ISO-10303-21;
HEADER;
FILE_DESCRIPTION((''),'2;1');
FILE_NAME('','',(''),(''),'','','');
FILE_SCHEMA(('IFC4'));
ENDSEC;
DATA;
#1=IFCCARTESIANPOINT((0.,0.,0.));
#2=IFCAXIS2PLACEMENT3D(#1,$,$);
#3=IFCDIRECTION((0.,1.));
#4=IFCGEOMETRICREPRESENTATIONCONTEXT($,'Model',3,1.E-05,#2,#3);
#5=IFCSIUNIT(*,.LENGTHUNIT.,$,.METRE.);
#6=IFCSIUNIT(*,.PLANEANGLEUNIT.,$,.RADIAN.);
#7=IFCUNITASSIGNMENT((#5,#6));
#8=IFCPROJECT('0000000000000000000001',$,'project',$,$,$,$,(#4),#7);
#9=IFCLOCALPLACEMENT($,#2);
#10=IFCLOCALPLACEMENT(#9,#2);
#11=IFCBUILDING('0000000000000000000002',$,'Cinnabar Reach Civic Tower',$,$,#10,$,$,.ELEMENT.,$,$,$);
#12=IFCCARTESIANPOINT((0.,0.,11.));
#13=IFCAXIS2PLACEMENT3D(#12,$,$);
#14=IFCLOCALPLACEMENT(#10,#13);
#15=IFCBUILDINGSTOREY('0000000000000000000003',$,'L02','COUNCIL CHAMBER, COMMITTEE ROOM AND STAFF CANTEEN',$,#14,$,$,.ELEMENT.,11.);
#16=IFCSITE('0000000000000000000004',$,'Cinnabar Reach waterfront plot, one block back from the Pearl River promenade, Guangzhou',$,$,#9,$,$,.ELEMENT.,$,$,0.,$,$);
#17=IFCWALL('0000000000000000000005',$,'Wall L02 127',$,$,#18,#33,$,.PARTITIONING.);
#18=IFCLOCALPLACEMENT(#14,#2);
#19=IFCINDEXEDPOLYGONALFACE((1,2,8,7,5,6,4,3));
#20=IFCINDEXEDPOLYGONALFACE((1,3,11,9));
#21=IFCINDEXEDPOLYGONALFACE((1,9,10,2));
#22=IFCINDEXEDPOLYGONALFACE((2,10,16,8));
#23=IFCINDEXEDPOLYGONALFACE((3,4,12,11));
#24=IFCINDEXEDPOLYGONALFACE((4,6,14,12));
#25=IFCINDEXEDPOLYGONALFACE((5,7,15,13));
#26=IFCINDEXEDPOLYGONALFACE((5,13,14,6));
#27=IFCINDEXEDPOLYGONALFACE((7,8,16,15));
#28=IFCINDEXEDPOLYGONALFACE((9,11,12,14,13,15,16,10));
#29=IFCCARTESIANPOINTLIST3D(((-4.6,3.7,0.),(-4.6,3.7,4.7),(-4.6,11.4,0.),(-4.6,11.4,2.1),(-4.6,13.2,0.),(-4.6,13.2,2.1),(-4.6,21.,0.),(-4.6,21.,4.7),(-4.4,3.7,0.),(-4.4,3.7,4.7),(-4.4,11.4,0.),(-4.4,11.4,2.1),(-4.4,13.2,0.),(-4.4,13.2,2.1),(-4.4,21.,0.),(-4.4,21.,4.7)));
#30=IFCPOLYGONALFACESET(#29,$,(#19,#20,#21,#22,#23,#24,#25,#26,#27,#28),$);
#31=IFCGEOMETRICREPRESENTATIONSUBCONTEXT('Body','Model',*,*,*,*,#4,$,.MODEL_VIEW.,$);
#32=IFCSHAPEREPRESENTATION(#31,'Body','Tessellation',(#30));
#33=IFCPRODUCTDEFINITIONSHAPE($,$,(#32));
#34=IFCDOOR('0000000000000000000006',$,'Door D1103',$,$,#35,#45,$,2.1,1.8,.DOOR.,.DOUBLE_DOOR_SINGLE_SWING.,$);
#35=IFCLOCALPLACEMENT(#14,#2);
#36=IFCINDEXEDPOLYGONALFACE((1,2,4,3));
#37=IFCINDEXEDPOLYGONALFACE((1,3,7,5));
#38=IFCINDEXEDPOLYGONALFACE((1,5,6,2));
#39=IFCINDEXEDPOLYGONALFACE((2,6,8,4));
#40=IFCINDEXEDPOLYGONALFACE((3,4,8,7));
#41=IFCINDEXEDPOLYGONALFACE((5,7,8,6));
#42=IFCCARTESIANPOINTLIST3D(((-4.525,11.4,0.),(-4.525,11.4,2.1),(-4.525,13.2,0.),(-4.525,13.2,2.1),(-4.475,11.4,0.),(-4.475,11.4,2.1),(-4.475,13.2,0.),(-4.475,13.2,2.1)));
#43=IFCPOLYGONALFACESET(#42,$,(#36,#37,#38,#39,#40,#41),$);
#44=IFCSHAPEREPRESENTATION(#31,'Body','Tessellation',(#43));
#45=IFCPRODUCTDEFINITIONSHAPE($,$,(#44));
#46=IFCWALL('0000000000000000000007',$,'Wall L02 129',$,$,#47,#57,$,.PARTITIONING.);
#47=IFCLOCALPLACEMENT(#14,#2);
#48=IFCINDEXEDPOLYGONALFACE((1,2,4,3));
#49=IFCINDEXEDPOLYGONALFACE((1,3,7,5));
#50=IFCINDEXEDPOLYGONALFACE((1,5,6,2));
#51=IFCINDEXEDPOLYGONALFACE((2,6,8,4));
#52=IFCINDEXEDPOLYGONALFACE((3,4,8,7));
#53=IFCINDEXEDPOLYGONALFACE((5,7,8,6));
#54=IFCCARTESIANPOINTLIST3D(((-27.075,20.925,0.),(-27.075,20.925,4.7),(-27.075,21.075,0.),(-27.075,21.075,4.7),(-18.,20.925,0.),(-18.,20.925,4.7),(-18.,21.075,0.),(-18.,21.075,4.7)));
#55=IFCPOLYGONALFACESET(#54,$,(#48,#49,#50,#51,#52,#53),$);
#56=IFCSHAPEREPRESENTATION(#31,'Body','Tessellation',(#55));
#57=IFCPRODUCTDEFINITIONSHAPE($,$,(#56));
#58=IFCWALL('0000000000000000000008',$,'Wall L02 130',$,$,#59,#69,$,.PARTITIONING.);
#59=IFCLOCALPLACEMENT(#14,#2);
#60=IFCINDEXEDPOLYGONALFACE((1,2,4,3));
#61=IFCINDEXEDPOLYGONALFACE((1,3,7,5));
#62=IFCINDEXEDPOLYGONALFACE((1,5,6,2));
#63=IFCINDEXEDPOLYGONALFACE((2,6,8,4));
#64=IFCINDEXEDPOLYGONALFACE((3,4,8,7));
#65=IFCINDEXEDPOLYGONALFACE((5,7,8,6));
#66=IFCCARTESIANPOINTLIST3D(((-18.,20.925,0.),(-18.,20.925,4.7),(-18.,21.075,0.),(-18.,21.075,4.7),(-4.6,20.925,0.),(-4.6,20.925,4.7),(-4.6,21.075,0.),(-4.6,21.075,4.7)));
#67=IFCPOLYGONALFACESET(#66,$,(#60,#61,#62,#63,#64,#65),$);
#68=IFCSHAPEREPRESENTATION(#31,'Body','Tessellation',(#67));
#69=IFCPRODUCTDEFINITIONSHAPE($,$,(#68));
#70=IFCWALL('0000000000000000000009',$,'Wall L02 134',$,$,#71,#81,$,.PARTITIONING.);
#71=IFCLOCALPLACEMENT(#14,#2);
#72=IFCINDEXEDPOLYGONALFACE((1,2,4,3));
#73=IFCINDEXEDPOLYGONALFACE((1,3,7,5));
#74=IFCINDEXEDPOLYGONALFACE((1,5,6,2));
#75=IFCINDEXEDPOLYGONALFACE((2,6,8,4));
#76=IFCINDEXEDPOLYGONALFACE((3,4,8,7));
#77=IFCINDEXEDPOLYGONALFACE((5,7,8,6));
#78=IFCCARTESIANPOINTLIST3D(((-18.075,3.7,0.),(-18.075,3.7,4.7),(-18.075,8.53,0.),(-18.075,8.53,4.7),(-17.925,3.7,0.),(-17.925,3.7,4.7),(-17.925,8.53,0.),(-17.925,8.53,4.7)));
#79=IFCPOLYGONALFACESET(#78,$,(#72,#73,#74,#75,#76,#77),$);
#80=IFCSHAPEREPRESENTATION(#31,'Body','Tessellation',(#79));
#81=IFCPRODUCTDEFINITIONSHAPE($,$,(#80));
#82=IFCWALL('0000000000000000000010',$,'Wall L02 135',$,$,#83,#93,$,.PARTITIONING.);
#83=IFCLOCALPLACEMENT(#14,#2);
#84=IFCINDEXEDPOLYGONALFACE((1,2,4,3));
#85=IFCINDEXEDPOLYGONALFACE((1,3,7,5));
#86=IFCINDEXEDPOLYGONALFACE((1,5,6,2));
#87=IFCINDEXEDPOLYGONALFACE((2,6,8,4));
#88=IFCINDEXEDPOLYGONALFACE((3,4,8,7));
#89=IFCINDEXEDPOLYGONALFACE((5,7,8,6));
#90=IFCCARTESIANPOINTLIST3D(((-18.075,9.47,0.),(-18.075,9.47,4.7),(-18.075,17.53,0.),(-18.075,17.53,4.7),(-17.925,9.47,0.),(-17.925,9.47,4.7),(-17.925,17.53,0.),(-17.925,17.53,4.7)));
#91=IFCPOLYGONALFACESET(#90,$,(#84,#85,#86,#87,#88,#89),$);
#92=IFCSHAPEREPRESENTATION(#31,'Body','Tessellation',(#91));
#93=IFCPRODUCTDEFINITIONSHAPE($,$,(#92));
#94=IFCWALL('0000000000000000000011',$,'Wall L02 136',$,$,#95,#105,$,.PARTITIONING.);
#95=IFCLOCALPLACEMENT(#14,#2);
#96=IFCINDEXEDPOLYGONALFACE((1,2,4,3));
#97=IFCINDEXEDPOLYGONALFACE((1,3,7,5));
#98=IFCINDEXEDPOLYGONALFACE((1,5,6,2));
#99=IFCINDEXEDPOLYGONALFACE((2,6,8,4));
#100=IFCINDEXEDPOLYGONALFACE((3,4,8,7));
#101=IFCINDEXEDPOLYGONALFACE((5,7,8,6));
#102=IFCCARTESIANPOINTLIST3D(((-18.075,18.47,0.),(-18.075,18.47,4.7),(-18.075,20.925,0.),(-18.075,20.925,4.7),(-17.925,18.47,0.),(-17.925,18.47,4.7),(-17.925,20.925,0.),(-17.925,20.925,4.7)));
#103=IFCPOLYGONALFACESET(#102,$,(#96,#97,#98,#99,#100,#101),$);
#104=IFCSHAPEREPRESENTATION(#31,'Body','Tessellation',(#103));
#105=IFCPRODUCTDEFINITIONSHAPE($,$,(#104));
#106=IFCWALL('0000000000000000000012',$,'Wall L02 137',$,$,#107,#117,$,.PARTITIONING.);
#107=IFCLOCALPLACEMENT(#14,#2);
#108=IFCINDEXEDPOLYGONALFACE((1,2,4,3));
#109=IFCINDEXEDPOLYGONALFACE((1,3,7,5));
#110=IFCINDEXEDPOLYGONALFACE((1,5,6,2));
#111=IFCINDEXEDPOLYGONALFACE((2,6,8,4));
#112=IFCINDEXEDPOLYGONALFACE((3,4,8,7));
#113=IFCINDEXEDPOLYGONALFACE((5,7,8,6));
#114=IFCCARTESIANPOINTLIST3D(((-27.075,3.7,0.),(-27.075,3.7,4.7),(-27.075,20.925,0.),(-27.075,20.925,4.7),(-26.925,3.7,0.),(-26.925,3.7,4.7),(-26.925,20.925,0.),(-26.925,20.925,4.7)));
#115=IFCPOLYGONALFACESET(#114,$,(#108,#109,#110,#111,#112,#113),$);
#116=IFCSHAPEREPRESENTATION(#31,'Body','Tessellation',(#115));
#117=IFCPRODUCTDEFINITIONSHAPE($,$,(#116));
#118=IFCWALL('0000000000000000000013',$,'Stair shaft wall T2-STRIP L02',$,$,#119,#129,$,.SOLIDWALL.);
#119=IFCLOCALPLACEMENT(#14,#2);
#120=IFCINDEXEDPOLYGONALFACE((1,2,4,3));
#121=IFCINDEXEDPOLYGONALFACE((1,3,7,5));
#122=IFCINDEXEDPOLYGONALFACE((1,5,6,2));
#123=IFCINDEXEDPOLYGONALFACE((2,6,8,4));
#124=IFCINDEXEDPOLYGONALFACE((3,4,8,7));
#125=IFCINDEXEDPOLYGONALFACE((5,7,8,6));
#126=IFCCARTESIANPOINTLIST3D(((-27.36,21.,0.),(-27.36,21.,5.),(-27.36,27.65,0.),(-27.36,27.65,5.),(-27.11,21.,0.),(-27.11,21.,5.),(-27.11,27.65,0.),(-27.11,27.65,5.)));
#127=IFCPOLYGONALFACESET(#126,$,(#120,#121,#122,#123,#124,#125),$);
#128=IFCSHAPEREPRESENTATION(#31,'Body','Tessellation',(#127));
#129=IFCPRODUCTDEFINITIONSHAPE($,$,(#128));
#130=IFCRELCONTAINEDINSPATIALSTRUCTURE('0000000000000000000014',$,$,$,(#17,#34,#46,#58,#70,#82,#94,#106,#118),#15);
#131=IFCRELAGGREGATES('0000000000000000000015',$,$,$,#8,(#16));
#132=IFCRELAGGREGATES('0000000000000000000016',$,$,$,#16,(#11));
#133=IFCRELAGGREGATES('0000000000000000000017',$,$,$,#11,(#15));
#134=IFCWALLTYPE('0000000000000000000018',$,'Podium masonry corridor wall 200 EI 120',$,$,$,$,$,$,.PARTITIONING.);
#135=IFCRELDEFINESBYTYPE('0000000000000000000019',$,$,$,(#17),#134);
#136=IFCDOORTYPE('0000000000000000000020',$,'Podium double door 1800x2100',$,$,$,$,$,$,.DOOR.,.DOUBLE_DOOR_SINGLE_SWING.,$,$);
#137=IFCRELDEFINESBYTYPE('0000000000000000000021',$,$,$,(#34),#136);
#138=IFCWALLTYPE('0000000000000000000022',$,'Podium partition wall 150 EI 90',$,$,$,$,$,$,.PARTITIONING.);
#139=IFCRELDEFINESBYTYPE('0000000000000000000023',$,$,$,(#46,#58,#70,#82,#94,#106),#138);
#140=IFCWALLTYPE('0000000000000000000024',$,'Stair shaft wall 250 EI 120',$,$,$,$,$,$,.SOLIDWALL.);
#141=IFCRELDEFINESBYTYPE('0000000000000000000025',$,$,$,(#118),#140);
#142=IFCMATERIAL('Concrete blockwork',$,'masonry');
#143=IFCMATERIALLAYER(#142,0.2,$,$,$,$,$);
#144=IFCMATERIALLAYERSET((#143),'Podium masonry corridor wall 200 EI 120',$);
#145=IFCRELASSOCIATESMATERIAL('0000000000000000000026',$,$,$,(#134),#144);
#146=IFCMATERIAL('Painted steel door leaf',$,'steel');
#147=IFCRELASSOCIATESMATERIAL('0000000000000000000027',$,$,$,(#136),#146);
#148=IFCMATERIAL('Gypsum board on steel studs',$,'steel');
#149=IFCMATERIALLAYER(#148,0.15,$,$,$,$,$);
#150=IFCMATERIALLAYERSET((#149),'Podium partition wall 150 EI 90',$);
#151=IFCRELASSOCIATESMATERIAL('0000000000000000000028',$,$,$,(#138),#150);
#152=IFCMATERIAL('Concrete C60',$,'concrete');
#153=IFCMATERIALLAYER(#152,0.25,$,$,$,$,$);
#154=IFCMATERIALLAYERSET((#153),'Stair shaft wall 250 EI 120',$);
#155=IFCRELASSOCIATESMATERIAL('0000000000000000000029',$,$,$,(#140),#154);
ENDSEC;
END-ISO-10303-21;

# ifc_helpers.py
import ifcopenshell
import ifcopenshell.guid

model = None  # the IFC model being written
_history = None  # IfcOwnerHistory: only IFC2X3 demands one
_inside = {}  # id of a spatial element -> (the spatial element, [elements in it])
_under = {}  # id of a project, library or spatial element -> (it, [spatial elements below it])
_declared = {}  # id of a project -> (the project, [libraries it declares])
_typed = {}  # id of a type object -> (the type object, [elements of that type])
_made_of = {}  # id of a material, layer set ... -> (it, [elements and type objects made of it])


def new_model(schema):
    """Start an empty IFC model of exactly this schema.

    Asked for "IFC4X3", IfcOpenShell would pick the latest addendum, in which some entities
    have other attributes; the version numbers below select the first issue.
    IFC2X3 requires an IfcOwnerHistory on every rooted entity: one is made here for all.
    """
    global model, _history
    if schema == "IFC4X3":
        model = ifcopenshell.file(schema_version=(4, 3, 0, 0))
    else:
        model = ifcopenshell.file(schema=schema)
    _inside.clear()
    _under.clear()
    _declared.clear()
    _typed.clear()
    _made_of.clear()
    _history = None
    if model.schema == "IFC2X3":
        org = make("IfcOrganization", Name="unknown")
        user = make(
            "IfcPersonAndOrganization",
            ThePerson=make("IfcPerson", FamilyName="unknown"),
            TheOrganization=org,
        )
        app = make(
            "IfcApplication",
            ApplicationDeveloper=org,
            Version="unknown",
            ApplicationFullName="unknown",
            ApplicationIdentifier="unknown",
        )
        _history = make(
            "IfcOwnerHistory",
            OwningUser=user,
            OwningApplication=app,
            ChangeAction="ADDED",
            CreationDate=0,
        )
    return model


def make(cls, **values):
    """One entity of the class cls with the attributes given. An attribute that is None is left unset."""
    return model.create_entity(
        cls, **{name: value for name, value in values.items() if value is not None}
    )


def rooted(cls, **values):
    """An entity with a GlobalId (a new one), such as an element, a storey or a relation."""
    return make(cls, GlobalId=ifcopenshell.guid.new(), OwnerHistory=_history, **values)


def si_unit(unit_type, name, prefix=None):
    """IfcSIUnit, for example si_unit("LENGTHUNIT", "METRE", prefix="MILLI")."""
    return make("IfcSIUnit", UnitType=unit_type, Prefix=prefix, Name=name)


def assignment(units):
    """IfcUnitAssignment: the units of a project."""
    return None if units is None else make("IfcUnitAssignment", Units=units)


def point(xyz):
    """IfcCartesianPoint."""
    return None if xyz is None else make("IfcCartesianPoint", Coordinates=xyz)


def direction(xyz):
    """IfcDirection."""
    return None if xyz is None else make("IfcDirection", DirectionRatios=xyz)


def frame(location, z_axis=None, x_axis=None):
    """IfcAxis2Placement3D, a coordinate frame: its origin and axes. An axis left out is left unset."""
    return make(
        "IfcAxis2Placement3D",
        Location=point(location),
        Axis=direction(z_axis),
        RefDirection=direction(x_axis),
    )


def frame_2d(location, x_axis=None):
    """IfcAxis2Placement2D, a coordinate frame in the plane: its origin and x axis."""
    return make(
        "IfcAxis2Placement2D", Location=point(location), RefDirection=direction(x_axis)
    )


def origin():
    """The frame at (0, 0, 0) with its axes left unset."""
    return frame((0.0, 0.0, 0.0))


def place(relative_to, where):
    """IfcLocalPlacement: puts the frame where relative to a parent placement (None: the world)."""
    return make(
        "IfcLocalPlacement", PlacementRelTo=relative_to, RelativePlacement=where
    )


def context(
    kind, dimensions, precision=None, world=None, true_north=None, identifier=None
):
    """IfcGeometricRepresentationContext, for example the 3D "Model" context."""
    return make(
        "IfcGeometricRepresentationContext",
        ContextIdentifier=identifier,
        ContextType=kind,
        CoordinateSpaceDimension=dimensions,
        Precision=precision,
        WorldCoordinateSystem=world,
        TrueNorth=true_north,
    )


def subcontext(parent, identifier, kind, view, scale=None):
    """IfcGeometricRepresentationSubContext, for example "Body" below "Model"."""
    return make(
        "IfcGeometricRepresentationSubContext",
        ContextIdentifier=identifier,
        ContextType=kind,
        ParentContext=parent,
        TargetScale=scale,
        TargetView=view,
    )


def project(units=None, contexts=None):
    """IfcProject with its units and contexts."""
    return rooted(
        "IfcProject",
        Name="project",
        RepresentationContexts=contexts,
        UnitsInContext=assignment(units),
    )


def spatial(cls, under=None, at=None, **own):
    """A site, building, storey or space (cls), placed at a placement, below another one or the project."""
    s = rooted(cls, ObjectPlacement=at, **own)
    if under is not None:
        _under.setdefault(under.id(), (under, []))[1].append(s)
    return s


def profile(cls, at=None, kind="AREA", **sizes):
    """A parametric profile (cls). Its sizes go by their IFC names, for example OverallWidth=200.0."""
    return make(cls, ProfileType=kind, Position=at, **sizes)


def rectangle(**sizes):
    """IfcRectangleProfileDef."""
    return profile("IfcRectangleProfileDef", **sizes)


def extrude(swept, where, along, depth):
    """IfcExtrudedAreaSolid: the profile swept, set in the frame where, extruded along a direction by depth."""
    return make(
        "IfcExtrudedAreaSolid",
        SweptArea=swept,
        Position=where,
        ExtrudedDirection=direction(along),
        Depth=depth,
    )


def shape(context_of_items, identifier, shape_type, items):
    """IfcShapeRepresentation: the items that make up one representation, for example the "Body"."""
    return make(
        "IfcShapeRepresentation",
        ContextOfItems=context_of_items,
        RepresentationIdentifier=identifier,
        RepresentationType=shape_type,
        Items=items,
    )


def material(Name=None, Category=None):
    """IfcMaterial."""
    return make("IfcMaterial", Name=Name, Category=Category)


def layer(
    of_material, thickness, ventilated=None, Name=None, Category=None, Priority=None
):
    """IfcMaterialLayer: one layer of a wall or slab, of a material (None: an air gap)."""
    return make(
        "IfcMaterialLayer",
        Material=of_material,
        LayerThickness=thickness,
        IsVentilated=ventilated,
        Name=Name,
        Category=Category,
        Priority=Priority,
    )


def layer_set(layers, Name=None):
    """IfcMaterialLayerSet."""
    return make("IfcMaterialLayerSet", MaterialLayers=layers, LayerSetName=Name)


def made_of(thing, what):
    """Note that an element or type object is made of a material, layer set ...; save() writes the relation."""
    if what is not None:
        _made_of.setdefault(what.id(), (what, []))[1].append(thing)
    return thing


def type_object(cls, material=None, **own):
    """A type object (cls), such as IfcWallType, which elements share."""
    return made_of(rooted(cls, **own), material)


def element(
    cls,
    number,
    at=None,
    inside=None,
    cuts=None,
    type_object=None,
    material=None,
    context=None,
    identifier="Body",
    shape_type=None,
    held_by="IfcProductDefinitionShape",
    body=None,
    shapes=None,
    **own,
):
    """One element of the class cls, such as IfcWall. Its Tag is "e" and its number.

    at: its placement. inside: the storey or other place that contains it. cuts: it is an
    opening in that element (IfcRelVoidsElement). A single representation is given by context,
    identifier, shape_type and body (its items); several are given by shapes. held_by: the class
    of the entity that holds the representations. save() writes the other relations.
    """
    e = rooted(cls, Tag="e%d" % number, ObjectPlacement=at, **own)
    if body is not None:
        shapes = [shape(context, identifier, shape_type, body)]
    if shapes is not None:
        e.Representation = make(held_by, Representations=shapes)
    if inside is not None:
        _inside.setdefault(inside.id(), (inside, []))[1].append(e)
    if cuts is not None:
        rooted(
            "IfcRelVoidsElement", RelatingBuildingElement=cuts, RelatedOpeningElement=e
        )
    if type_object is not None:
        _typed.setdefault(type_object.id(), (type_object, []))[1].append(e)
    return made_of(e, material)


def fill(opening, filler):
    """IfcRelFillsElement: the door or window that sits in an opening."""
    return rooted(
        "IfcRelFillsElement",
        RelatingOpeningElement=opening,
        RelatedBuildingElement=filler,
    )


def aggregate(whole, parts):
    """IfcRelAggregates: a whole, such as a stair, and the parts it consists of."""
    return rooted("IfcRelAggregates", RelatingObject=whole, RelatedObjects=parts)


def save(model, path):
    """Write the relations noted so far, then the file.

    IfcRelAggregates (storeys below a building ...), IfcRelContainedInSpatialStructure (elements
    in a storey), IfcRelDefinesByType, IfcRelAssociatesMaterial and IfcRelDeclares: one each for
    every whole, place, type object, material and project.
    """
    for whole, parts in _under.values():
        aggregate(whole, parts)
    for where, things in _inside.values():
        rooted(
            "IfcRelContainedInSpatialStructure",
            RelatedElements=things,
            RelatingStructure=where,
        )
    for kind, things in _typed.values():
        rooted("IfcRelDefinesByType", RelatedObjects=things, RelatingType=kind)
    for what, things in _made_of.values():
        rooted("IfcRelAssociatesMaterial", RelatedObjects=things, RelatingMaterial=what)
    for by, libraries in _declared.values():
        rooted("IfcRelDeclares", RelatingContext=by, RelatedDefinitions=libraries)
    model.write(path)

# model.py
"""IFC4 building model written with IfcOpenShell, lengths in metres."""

from ifc_helpers import new_model, si_unit, direction, frame, frame_2d, origin, place, context, subcontext, project, spatial, rectangle, extrude, material, layer, layer_set, type_object, element, fill, save


model = new_model("IFC4")

# Units and contexts
model_context = context("Model", 3, precision=1e-05, world=origin(), true_north=direction((0.0, 1.0)))
body_context = subcontext(model_context, "Body", "Model", "MODEL_VIEW")
ifc_project = project(units=[si_unit("LENGTHUNIT", "METRE"), si_unit("PLANEANGLEUNIT", "RADIAN")], contexts=[model_context])

# Site, building, storey
site_placement = place(None, origin())
site = spatial("IfcSite", under=ifc_project, at=site_placement, Name="Cinnabar Reach waterfront plot, one block back from the Pearl River promenade, Guangzhou", CompositionType="ELEMENT", RefElevation=0.0)
building_placement = place(site_placement, origin())
building = spatial("IfcBuilding", under=site, at=building_placement, Name="Cinnabar Reach Civic Tower", CompositionType="ELEMENT")
storey_placement = place(building_placement, frame((0.0, 0.0, 11.0)))
storey = spatial("IfcBuildingStorey", under=building, at=storey_placement, Name="L02", Description="COUNCIL CHAMBER, COMMITTEE ROOM AND STAFF CANTEEN", CompositionType="ELEMENT", Elevation=11.0)

# Shared definitions
ifc_material_1 = material(Name="Concrete blockwork", Category="masonry")
ifc_layer_1 = layer(ifc_material_1, 0.2)
ifc_layer_set_1 = layer_set([ifc_layer_1], Name="Podium masonry corridor wall 200 EI 120")
wall_type_1 = type_object("IfcWallType", Name="Podium masonry corridor wall 200 EI 120", PredefinedType="PARTITIONING", material=ifc_layer_set_1)

# Shared definitions
ifc_material_2 = material(Name="Painted steel door leaf", Category="steel")

# Wall, opening, door
wall_1_placement = place(storey_placement, frame((-4.5, 3.7, 0.0), z_axis=(0.0, 0.0, 1.0), x_axis=(0.0, 1.0, 0.0)))
wall_1 = element("IfcWall", 1, at=wall_1_placement, inside=storey, type_object=wall_type_1, Name="Wall L02 127", PredefinedType="PARTITIONING", context=body_context, shape_type="SweptSolid", body=[
    extrude(rectangle(XDim=17.3, YDim=0.2, at=frame_2d((8.65, 0.0))), origin(), (0.0, 0.0, 1.0), 4.7),
])
opening_1_placement = place(wall_1_placement, frame((7.7, 0.0, 0.0)))
opening_1 = element("IfcOpeningElement", 2, at=opening_1_placement, cuts=wall_1, PredefinedType="OPENING", context=body_context, shape_type="SweptSolid", body=[
    extrude(rectangle(XDim=1.8, YDim=2.1, at=frame_2d((0.9, 1.05))), frame((0.0, 0.11, 0.0), z_axis=(0.0, -1.0, 0.0), x_axis=(1.0, 0.0, 0.0)), (0.0, 0.0, 1.0), 0.22),
])
door_type_1 = type_object("IfcDoorType", Name="Podium double door 1800x2100", OperationType="DOUBLE_DOOR_SINGLE_SWING", PredefinedType="DOOR", material=ifc_material_2)
door_1_placement = place(opening_1_placement, origin())
door_1 = element("IfcDoor", 3, at=door_1_placement, inside=storey, type_object=door_type_1, Name="Door D1103", OperationType="DOUBLE_DOOR_SINGLE_SWING", OverallHeight=2.1, OverallWidth=1.8, PredefinedType="DOOR", context=body_context, shape_type="SweptSolid", body=[
    extrude(rectangle(XDim=1.8, YDim=2.1, at=frame_2d((0.9, 1.05))), frame((0.0, 0.025, 0.0), z_axis=(0.0, -1.0, 0.0), x_axis=(1.0, 0.0, 0.0)), (0.0, 0.0, 1.0), 0.05),
])
fill(opening_1, door_1)

# Walls
ifc_material_3 = material(Name="Gypsum board on steel studs", Category="steel")
ifc_layer_2 = layer(ifc_material_3, 0.15)
ifc_layer_set_2 = layer_set([ifc_layer_2], Name="Podium partition wall 150 EI 90")
wall_type_2 = type_object("IfcWallType", Name="Podium partition wall 150 EI 90", PredefinedType="PARTITIONING", material=ifc_layer_set_2)
wall_2_placement = place(storey_placement, frame((-27.075, 21.0, 0.0), z_axis=(0.0, 0.0, 1.0), x_axis=(1.0, 0.0, 0.0)))
element("IfcWall", 4, at=wall_2_placement, inside=storey, type_object=wall_type_2, Name="Wall L02 129", PredefinedType="PARTITIONING", context=body_context, shape_type="SweptSolid", body=[
    extrude(rectangle(XDim=9.075, YDim=0.15, at=frame_2d((4.5375, 0.0))), origin(), (0.0, 0.0, 1.0), 4.7),
])
wall_3_placement = place(storey_placement, frame((-18.0, 21.0, 0.0), z_axis=(0.0, 0.0, 1.0), x_axis=(1.0, 0.0, 0.0)))
element("IfcWall", 5, at=wall_3_placement, inside=storey, type_object=wall_type_2, Name="Wall L02 130", PredefinedType="PARTITIONING", context=body_context, shape_type="SweptSolid", body=[
    extrude(rectangle(XDim=13.4, YDim=0.15, at=frame_2d((6.7, 0.0))), origin(), (0.0, 0.0, 1.0), 4.7),
])
wall_4_placement = place(storey_placement, frame((-18.0, 3.7, 0.0), z_axis=(0.0, 0.0, 1.0), x_axis=(0.0, 1.0, 0.0)))
element("IfcWall", 6, at=wall_4_placement, inside=storey, type_object=wall_type_2, Name="Wall L02 134", PredefinedType="PARTITIONING", context=body_context, shape_type="SweptSolid", body=[
    extrude(rectangle(XDim=4.83, YDim=0.15, at=frame_2d((2.415, 0.0))), origin(), (0.0, 0.0, 1.0), 4.7),
])
wall_5_placement = place(storey_placement, frame((-18.0, 9.47, 0.0), z_axis=(0.0, 0.0, 1.0), x_axis=(0.0, 1.0, 0.0)))
element("IfcWall", 7, at=wall_5_placement, inside=storey, type_object=wall_type_2, Name="Wall L02 135", PredefinedType="PARTITIONING", context=body_context, shape_type="SweptSolid", body=[
    extrude(rectangle(XDim=8.06, YDim=0.15, at=frame_2d((4.03, 0.0))), origin(), (0.0, 0.0, 1.0), 4.7),
])
wall_6_placement = place(storey_placement, frame((-18.0, 18.47, 0.0), z_axis=(0.0, 0.0, 1.0), x_axis=(0.0, 1.0, 0.0)))
element("IfcWall", 8, at=wall_6_placement, inside=storey, type_object=wall_type_2, Name="Wall L02 136", PredefinedType="PARTITIONING", context=body_context, shape_type="SweptSolid", body=[
    extrude(rectangle(XDim=2.455, YDim=0.15, at=frame_2d((1.2275, 0.0))), origin(), (0.0, 0.0, 1.0), 4.7),
])
wall_7_placement = place(storey_placement, frame((-27.0, 3.7, 0.0), z_axis=(0.0, 0.0, 1.0), x_axis=(0.0, 1.0, 0.0)))
element("IfcWall", 9, at=wall_7_placement, inside=storey, type_object=wall_type_2, Name="Wall L02 137", PredefinedType="PARTITIONING", context=body_context, shape_type="SweptSolid", body=[
    extrude(rectangle(XDim=17.225, YDim=0.15, at=frame_2d((8.6125, 0.0))), origin(), (0.0, 0.0, 1.0), 4.7),
])
ifc_material_4 = material(Name="Concrete C60", Category="concrete")
ifc_layer_3 = layer(ifc_material_4, 0.25)
ifc_layer_set_3 = layer_set([ifc_layer_3], Name="Stair shaft wall 250 EI 120")
wall_type_3 = type_object("IfcWallType", Name="Stair shaft wall 250 EI 120", PredefinedType="SOLIDWALL", material=ifc_layer_set_3)
wall_8_placement = place(storey_placement, frame((-27.235, 21.0, 0.0), z_axis=(0.0, 0.0, 1.0), x_axis=(0.0, 1.0, 0.0)))
element("IfcWall", 10, at=wall_8_placement, inside=storey, type_object=wall_type_3, Name="Stair shaft wall T2-STRIP L02", PredefinedType="SOLIDWALL", context=body_context, shape_type="SweptSolid", body=[
    extrude(rectangle(XDim=6.65, YDim=0.25, at=frame_2d((3.325, 0.0))), origin(), (0.0, 0.0, 1.0), 5.0),
])

save(model, "model.ifc")
